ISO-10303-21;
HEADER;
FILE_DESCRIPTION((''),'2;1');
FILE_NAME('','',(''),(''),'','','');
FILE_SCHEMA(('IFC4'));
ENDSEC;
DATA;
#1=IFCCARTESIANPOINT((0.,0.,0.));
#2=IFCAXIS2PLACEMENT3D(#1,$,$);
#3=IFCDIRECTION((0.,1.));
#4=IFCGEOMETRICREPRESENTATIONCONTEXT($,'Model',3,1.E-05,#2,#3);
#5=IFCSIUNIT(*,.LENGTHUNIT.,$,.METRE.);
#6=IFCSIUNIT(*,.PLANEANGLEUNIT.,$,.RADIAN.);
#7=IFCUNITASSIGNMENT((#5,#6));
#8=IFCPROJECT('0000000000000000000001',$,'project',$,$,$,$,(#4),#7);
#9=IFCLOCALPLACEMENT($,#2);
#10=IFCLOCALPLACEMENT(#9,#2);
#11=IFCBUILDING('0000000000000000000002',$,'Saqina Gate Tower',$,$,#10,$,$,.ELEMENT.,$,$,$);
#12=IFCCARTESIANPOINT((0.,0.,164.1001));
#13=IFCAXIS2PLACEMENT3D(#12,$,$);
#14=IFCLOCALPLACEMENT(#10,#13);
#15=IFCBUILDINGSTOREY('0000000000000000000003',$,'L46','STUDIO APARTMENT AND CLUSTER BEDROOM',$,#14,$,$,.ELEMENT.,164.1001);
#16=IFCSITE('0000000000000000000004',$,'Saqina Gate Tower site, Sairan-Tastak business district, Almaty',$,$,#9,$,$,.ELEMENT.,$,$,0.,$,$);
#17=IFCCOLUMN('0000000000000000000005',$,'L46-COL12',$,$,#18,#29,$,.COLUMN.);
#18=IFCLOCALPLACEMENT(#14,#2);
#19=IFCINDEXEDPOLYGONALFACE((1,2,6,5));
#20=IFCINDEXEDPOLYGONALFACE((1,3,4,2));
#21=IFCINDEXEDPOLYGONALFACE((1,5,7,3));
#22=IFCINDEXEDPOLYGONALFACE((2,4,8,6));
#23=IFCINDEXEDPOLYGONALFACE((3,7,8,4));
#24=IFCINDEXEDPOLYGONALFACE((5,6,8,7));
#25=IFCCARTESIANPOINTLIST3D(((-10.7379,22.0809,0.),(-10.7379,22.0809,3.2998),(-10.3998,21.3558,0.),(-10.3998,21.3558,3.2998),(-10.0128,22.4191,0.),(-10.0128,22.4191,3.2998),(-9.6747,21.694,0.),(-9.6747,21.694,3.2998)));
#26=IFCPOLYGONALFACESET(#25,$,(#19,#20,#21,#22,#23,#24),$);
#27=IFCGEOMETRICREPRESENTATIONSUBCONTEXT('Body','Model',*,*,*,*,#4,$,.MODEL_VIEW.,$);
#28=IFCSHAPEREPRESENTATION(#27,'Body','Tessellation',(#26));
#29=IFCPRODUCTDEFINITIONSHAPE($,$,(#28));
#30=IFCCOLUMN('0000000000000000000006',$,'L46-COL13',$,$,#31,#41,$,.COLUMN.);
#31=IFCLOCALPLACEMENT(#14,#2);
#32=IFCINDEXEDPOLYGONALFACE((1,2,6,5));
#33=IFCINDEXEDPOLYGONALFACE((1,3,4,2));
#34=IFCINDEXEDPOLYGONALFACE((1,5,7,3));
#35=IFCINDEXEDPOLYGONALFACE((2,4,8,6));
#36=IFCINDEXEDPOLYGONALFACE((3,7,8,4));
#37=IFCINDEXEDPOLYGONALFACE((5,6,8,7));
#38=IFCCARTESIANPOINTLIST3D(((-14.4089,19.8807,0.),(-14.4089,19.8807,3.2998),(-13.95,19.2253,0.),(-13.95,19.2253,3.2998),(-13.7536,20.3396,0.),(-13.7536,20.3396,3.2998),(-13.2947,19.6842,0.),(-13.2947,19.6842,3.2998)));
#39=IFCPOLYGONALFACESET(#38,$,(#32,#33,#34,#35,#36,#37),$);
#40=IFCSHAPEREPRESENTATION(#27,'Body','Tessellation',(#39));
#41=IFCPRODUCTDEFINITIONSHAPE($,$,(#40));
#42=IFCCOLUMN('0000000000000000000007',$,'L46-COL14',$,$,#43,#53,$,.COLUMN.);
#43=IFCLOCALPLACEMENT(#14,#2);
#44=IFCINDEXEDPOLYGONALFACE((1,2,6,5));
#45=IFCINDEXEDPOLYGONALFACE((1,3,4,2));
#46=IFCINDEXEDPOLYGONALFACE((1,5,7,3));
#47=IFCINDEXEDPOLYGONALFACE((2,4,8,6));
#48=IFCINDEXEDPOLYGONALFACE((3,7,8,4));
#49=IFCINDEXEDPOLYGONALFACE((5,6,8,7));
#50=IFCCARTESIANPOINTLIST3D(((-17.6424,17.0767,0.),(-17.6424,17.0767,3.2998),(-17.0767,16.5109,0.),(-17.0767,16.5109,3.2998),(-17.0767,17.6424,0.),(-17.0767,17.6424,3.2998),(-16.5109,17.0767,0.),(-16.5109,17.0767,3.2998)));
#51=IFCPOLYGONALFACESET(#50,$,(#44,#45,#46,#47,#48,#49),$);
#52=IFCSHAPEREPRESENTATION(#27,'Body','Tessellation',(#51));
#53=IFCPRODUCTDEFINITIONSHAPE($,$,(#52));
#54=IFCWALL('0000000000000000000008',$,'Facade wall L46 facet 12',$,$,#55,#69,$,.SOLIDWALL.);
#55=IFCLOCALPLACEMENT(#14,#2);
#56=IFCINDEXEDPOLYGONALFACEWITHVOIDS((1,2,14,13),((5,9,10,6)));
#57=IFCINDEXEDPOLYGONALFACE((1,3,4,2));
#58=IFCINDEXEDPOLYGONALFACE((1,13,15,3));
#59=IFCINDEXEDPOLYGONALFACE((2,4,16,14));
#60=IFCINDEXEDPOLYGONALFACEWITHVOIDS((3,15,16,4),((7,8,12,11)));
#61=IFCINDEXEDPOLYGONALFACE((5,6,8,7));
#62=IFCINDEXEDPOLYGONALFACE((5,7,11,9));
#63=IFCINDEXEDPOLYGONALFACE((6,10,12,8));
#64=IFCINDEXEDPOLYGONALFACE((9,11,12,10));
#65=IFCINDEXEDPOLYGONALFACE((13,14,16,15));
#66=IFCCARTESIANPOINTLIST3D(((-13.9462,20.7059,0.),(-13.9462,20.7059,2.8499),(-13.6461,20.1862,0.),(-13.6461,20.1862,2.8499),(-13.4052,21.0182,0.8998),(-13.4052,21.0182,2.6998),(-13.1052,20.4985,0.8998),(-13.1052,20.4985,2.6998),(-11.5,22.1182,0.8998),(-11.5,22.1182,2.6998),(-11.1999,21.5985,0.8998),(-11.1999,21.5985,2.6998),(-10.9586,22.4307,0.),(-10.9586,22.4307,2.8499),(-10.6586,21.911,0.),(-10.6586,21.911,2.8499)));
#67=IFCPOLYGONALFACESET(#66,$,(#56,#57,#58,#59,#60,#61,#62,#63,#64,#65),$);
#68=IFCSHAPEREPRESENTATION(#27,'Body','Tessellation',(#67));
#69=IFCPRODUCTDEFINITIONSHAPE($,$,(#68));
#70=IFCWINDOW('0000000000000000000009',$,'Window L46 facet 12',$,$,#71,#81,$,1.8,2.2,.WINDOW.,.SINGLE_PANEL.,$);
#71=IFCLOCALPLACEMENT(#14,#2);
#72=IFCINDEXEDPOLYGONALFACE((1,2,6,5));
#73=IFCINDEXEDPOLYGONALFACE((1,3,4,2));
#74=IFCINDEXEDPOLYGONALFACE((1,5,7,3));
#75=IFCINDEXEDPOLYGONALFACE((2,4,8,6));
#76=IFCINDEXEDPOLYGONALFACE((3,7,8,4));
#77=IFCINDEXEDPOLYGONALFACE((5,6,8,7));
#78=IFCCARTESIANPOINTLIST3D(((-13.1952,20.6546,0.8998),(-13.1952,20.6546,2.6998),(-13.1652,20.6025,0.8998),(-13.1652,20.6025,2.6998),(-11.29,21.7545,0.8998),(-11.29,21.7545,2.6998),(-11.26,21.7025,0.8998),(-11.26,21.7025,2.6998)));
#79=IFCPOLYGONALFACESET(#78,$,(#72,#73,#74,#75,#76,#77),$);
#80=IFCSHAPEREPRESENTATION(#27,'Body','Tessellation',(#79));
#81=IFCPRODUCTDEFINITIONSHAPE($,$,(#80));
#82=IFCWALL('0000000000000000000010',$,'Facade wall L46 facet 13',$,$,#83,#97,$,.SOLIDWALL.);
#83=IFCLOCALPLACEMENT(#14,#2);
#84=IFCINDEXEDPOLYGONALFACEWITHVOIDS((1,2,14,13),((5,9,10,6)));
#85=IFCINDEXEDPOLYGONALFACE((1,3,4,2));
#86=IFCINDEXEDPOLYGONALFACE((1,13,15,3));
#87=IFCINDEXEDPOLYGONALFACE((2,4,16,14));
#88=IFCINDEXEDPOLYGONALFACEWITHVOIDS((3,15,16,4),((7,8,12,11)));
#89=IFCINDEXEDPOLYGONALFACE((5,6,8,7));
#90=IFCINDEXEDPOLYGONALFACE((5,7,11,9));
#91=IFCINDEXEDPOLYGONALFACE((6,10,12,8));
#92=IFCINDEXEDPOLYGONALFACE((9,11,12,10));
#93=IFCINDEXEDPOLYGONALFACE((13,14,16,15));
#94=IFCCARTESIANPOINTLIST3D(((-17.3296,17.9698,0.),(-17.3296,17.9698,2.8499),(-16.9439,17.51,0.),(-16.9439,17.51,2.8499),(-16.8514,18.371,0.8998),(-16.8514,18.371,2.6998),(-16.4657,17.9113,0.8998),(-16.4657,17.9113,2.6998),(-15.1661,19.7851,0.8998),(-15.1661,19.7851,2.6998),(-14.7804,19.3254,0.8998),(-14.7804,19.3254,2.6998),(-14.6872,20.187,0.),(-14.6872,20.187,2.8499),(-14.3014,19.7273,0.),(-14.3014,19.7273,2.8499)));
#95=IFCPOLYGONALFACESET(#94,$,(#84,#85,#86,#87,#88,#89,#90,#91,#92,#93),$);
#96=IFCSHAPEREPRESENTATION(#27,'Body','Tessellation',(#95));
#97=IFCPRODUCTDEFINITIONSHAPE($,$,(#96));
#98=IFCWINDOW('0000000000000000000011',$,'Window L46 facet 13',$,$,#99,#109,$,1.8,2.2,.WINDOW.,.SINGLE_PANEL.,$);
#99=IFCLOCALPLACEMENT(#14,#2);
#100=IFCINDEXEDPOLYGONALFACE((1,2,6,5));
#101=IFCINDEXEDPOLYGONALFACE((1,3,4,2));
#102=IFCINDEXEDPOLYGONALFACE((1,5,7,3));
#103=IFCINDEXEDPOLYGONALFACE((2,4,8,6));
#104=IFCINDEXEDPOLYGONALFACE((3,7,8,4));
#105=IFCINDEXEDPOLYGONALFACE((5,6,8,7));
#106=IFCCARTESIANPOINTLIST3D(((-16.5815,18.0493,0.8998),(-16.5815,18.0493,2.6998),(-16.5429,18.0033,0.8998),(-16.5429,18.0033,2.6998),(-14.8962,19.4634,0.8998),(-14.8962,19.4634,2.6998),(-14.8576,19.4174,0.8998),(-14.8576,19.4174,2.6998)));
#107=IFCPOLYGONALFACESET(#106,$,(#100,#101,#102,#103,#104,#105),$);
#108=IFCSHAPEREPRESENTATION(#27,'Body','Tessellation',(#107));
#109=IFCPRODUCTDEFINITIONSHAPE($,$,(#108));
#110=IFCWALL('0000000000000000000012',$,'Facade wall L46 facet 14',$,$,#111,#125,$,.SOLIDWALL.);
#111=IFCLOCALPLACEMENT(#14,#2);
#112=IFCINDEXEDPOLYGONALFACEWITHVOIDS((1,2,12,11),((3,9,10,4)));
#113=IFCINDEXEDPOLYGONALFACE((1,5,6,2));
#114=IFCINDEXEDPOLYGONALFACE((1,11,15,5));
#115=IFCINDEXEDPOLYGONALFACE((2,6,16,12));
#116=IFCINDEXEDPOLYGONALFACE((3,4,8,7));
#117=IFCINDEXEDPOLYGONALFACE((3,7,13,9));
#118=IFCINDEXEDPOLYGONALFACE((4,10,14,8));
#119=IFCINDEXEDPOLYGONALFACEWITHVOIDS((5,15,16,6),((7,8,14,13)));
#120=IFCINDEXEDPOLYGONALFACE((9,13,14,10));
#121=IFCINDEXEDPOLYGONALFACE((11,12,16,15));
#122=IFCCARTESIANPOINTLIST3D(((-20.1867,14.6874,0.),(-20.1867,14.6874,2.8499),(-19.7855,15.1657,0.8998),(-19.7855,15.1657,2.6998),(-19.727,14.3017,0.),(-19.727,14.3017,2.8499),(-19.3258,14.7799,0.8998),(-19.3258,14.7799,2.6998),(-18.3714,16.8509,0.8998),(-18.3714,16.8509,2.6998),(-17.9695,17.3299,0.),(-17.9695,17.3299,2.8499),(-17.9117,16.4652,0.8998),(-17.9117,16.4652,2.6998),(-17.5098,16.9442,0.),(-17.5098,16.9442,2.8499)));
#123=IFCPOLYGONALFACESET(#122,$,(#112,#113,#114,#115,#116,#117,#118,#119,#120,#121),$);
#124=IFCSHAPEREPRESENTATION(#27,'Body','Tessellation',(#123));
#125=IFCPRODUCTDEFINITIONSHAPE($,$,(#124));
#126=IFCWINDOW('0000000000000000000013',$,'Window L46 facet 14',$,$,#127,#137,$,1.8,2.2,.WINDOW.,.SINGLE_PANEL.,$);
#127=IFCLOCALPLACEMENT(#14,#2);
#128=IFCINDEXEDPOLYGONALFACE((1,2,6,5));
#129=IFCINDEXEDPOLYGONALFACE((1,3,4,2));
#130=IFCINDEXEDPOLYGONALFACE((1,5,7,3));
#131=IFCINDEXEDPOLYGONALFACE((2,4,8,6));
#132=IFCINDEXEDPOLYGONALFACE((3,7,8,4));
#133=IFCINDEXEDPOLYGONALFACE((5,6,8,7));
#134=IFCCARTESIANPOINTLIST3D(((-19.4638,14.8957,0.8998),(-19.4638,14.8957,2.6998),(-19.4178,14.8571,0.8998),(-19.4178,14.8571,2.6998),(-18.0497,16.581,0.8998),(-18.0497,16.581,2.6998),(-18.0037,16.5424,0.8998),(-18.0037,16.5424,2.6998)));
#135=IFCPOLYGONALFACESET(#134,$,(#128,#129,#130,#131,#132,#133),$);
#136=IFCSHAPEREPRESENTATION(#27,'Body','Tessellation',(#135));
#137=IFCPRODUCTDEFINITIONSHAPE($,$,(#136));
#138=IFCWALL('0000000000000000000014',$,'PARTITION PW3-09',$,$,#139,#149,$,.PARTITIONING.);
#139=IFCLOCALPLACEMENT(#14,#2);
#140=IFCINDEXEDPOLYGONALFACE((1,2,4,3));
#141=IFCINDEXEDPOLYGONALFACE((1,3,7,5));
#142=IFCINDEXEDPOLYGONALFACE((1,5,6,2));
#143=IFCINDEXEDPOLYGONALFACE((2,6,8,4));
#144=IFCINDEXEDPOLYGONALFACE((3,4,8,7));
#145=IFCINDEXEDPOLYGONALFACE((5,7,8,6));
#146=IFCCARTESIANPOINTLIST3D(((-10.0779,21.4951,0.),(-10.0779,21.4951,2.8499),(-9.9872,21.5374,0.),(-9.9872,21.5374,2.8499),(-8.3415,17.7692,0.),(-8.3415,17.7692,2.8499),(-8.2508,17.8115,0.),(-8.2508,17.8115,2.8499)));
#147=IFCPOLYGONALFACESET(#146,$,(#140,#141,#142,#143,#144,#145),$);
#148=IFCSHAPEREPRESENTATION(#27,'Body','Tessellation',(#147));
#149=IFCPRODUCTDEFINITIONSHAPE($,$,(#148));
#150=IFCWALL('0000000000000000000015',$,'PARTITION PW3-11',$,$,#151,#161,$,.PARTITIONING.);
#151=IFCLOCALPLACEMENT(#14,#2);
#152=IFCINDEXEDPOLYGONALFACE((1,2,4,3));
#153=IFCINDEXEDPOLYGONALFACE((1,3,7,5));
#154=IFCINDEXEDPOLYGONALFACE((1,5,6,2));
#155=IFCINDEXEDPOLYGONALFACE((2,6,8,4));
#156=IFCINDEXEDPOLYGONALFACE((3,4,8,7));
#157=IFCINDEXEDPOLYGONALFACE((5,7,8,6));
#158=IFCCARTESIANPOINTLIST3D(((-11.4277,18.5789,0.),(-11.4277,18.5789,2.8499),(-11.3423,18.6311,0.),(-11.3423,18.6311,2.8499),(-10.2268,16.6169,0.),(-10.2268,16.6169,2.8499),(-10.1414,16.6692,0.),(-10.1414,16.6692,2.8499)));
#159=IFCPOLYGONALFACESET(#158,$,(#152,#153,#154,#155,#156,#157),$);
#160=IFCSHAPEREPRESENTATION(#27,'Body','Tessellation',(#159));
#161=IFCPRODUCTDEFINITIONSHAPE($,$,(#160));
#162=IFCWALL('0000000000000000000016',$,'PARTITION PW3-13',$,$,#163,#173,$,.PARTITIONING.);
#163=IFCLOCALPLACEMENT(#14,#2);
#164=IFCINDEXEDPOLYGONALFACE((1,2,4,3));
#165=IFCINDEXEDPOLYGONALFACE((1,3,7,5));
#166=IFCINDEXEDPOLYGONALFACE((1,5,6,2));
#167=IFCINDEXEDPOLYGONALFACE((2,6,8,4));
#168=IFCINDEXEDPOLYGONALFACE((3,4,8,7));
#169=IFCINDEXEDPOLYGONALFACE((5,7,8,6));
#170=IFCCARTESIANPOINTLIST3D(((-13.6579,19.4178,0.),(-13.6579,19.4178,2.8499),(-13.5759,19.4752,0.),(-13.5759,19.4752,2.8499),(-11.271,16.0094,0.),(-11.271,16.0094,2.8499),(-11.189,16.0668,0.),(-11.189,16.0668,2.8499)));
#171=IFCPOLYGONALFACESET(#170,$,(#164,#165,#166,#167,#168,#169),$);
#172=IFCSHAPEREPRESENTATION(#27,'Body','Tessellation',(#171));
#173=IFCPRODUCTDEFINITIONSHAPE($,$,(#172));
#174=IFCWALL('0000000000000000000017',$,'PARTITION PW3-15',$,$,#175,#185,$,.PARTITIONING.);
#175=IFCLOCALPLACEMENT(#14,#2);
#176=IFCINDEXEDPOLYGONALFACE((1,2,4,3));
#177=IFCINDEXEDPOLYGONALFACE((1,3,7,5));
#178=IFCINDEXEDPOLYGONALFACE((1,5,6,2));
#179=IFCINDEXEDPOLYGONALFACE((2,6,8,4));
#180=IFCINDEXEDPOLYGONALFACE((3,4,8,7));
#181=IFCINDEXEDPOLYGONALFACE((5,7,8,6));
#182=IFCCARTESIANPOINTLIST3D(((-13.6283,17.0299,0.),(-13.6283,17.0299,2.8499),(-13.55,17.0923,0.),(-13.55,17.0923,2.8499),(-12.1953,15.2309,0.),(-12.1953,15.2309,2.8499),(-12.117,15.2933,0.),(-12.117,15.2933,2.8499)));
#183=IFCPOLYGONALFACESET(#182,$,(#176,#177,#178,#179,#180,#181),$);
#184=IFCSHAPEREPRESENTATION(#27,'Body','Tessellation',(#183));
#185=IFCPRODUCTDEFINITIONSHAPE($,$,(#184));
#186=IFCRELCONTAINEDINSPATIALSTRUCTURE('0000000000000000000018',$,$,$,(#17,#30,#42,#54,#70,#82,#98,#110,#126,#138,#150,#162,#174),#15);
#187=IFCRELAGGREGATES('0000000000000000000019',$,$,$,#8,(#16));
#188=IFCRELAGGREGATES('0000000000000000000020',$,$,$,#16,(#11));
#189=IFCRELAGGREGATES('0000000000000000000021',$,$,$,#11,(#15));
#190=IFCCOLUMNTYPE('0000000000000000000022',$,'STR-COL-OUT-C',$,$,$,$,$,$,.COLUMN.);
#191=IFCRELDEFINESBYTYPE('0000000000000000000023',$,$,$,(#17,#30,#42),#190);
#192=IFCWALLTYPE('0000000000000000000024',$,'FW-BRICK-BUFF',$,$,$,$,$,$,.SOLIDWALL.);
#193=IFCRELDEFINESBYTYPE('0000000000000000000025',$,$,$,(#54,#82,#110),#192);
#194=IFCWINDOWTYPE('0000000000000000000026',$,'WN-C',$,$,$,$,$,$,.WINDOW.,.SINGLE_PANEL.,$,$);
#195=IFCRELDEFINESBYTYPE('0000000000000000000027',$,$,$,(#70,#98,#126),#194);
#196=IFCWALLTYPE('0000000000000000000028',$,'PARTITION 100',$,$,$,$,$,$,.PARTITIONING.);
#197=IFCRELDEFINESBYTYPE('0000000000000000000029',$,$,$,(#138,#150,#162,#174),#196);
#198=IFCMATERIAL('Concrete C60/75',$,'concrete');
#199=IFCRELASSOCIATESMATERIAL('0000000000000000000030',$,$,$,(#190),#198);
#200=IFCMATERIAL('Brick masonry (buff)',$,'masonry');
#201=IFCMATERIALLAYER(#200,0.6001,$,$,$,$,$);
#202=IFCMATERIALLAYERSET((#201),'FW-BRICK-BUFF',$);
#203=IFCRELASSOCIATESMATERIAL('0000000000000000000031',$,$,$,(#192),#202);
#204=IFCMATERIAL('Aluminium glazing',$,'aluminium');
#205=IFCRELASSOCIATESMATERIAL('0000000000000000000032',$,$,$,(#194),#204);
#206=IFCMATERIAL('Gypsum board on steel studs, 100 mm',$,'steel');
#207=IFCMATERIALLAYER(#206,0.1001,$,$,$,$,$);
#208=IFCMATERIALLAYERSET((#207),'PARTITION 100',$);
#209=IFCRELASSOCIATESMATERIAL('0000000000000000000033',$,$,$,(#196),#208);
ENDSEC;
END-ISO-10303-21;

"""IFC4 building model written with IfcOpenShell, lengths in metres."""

from ifc_helpers import new_model, si_unit, direction, frame, frame_2d, origin, origin_2d, place, context, subcontext, project, spatial, rectangle, extrude, material, layer, layer_set, material_profile, profile_set, type_object, element, fill, save


model = new_model("IFC4")

# Units and contexts
model_context = context("Model", 3, precision=1e-05, world=origin(), true_north=direction((0.0, 1.0)))
body_context = subcontext(model_context, "Body", "Model", "MODEL_VIEW")
ifc_project = project(units=[si_unit("LENGTHUNIT", "METRE"), si_unit("PLANEANGLEUNIT", "RADIAN")], contexts=[model_context])

# Site, building, storey
site_placement = place(None, origin())
site = spatial("IfcSite", under=ifc_project, at=site_placement, Name="Saqina Gate Tower site, Sairan-Tastak business district, Almaty", CompositionType="ELEMENT", RefElevation=0.0)
building_placement = place(site_placement, origin())
building = spatial("IfcBuilding", under=site, at=building_placement, Name="Saqina Gate Tower", CompositionType="ELEMENT")
storey_placement = place(building_placement, frame((0.0, 0.0, 164.1001)))
storey = spatial("IfcBuildingStorey", under=building, at=storey_placement, Name="L46", Description="STUDIO APARTMENT AND CLUSTER BEDROOM", CompositionType="ELEMENT", Elevation=164.1001)

# Columns
ifc_material_1 = material(Name="Concrete C60/75", Category="concrete")
ifc_material_profile = material_profile(ifc_material_1, rectangle(XDim=0.8, YDim=0.8, at=origin_2d()), Name="RC 800x800")
ifc_profile_set = profile_set([ifc_material_profile], Name="Concrete C60/75")
column_type = type_object("IfcColumnType", Name="STR-COL-OUT-C", PredefinedType="COLUMN", material=ifc_profile_set)
for number, where, z_axis, x_axis, name in (
    (1, (-10.2063, 21.8875, 0.0), (0.0, 0.0, 1.0), (-0.422618, 0.906308, 0.0), "L46-COL12"),
    (2, (-13.8518, 19.7825, 0.0), (0.0, 0.0, 1.0), (-0.573576, 0.819152, 0.0), "L46-COL13"),
    (3, (-17.0767, 17.0767, 0.0), (0.0, 0.0, 1.0), (-0.707107, 0.707107, 0.0), "L46-COL14"),
):
    element("IfcColumn", number, at=place(storey_placement, frame(where, z_axis=z_axis, x_axis=x_axis)), inside=storey, type_object=column_type, Name=name, PredefinedType="COLUMN", context=body_context, shape_type="SweptSolid", body=[
        extrude(rectangle(XDim=0.8, YDim=0.8, at=origin_2d()), origin(), (0.0, 0.0, 1.0), 3.2998),
    ])

# Walls, openings, windows
ifc_material_2 = material(Name="Brick masonry (buff)", Category="masonry")
ifc_layer_1 = layer(ifc_material_2, 0.6001)
ifc_layer_set_1 = layer_set([ifc_layer_1], Name="FW-BRICK-BUFF")
wall_type_1 = type_object("IfcWallType", Name="FW-BRICK-BUFF", PredefinedType="SOLIDWALL", material=ifc_layer_set_1)
wall_1_placement = place(storey_placement, frame((-10.8086, 22.1709, 0.0), z_axis=(0.0, 0.0, 1.0), x_axis=(-0.866026, -0.499998, 0.0)))
wall_1 = element("IfcWall", 4, at=wall_1_placement, inside=storey, type_object=wall_type_1, Name="Facade wall L46 facet 12", PredefinedType="SOLIDWALL", context=body_context, shape_type="SweptSolid", body=[
    extrude(rectangle(XDim=3.4497, YDim=0.6001, at=frame_2d((1.7249, 0.0))), origin(), (0.0, 0.0, 1.0), 2.8499),
])
opening_1_placement = place(wall_1_placement, frame((0.625, 0.0, 0.8999)))
opening_1 = element("IfcOpeningElement", 5, at=opening_1_placement, cuts=wall_1, PredefinedType="OPENING", context=body_context, shape_type="SweptSolid", body=[
    extrude(rectangle(XDim=2.2, YDim=1.8, at=frame_2d((1.1001, 0.8999))), frame((0.0, 0.312, 0.0), z_axis=(0.0, -1.0, 0.0), x_axis=(1.0, 0.0, 0.0)), (0.0, 0.0, 1.0), 0.624),
])
ifc_material_3 = material(Name="Aluminium glazing", Category="aluminium")
window_type = type_object("IfcWindowType", Name="WN-C", PartitioningType="SINGLE_PANEL", PredefinedType="WINDOW", material=ifc_material_3)
window_1_placement = place(opening_1_placement, origin())
window_1 = element("IfcWindow", 6, at=window_1_placement, inside=storey, type_object=window_type, Name="Window L46 facet 12", OverallHeight=1.8, OverallWidth=2.2, PartitioningType="SINGLE_PANEL", PredefinedType="WINDOW", context=body_context, shape_type="SweptSolid", body=[
    extrude(rectangle(XDim=2.2, YDim=1.8, at=frame_2d((1.1001, 0.8999))), frame((0.0, 0.1799, 0.0), z_axis=(0.0, -1.0, 0.0), x_axis=(1.0, 0.0, 0.0)), (0.0, 0.0, 1.0), 0.0601),
])
fill(opening_1, window_1)
wall_2_placement = place(storey_placement, frame((-14.4944, 19.957, 0.0), z_axis=(0.0, 0.0, 1.0), x_axis=(-0.766059, -0.64277, 0.0)))
wall_2 = element("IfcWall", 7, at=wall_2_placement, inside=storey, type_object=wall_type_1, Name="Facade wall L46 facet 13", PredefinedType="SOLIDWALL", context=body_context, shape_type="SweptSolid", body=[
    extrude(rectangle(XDim=3.4495, YDim=0.6001, at=frame_2d((1.7246, 0.0))), origin(), (0.0, 0.0, 1.0), 2.8499),
])
opening_2_placement = place(wall_2_placement, frame((0.625, 0.0, 0.8999)))
opening_2 = element("IfcOpeningElement", 8, at=opening_2_placement, cuts=wall_2, PredefinedType="OPENING", context=body_context, shape_type="SweptSolid", body=[
    extrude(rectangle(XDim=2.2, YDim=1.8, at=frame_2d((1.1001, 0.8999))), frame((0.0, 0.312, 0.0), z_axis=(0.0, -1.0, 0.0), x_axis=(1.0, 0.0, 0.0)), (0.0, 0.0, 1.0), 0.624),
])
window_2_placement = place(opening_2_placement, origin())
window_2 = element("IfcWindow", 9, at=window_2_placement, inside=storey, type_object=window_type, Name="Window L46 facet 13", OverallHeight=1.8, OverallWidth=2.2, PartitioningType="SINGLE_PANEL", PredefinedType="WINDOW", context=body_context, shape_type="SweptSolid", body=[
    extrude(rectangle(XDim=2.2, YDim=1.8, at=frame_2d((1.1001, 0.8999))), frame((0.0, 0.1799, 0.0), z_axis=(0.0, -1.0, 0.0), x_axis=(1.0, 0.0, 0.0)), (0.0, 0.0, 1.0), 0.0601),
])
fill(opening_2, window_2)
wall_3_placement = place(storey_placement, frame((-17.7397, 17.137, 0.0), z_axis=(0.0, 0.0, 1.0), x_axis=(-0.64277, -0.766059, 0.0)))
wall_3 = element("IfcWall", 10, at=wall_3_placement, inside=storey, type_object=wall_type_1, Name="Facade wall L46 facet 14", PredefinedType="SOLIDWALL", context=body_context, shape_type="SweptSolid", body=[
    extrude(rectangle(XDim=3.4495, YDim=0.6001, at=frame_2d((1.7246, 0.0))), origin(), (0.0, 0.0, 1.0), 2.8499),
])
opening_3_placement = place(wall_3_placement, frame((0.625, 0.0, 0.8999)))
opening_3 = element("IfcOpeningElement", 11, at=opening_3_placement, cuts=wall_3, PredefinedType="OPENING", context=body_context, shape_type="SweptSolid", body=[
    extrude(rectangle(XDim=2.2, YDim=1.8, at=frame_2d((1.1001, 0.8999))), frame((0.0, 0.312, 0.0), z_axis=(0.0, -1.0, 0.0), x_axis=(1.0, 0.0, 0.0)), (0.0, 0.0, 1.0), 0.624),
])
window_3_placement = place(opening_3_placement, origin())
window_3 = element("IfcWindow", 12, at=window_3_placement, inside=storey, type_object=window_type, Name="Window L46 facet 14", OverallHeight=1.8, OverallWidth=2.2, PartitioningType="SINGLE_PANEL", PredefinedType="WINDOW", context=body_context, shape_type="SweptSolid", body=[
    extrude(rectangle(XDim=2.2, YDim=1.8, at=frame_2d((1.1001, 0.8999))), frame((0.0, 0.1799, 0.0), z_axis=(0.0, -1.0, 0.0), x_axis=(1.0, 0.0, 0.0)), (0.0, 0.0, 1.0), 0.0601),
])
fill(opening_3, window_3)

# Walls
ifc_material_4 = material(Name="Gypsum board on steel studs, 100 mm", Category="steel")
ifc_layer_2 = layer(ifc_material_4, 0.1001)
ifc_layer_set_2 = layer_set([ifc_layer_2], Name="PARTITION 100")
wall_type_2 = type_object("IfcWallType", Name="PARTITION 100", PredefinedType="PARTITIONING", material=ifc_layer_set_2)
wall_4_placement = place(storey_placement, frame((-10.0325, 21.5161, 0.0), z_axis=(0.0, 0.0, 1.0), x_axis=(0.422407, -0.906406, 0.0)))
element("IfcWall", 13, at=wall_4_placement, inside=storey, type_object=wall_type_2, Name="PARTITION PW3-09", PredefinedType="PARTITIONING", context=body_context, shape_type="SweptSolid", body=[
    extrude(rectangle(XDim=4.1106, YDim=0.1001, at=frame_2d((2.0552, 0.0))), origin(), (0.0, 0.0, 1.0), 2.8499),
])
wall_5_placement = place(storey_placement, frame((-11.385, 18.605, 0.0), z_axis=(0.0, 0.0, 1.0), x_axis=(0.522077, -0.852899, 0.0)))
element("IfcWall", 14, at=wall_5_placement, inside=storey, type_object=wall_type_2, Name="PARTITION PW3-11", PredefinedType="PARTITIONING", context=body_context, shape_type="SweptSolid", body=[
    extrude(rectangle(XDim=2.3003, YDim=0.1001, at=frame_2d((1.1501, 0.0))), origin(), (0.0, 0.0, 1.0), 2.8499),
])
wall_6_placement = place(storey_placement, frame((-13.6169, 19.4465, 0.0), z_axis=(0.0, 0.0, 1.0), x_axis=(0.573632, -0.819113, 0.0)))
element("IfcWall", 15, at=wall_6_placement, inside=storey, type_object=wall_type_2, Name="PARTITION PW3-13", PredefinedType="PARTITIONING", context=body_context, shape_type="SweptSolid", body=[
    extrude(rectangle(XDim=4.1611, YDim=0.1001, at=frame_2d((2.0806, 0.0))), origin(), (0.0, 0.0, 1.0), 2.8499),
])
wall_7_placement = place(storey_placement, frame((-13.5891, 17.061, 0.0), z_axis=(0.0, 0.0, 1.0), x_axis=(0.623063, -0.782172, 0.0)))
element("IfcWall", 16, at=wall_7_placement, inside=storey, type_object=wall_type_2, Name="PARTITION PW3-15", PredefinedType="PARTITIONING", context=body_context, shape_type="SweptSolid", body=[
    extrude(rectangle(XDim=2.3, YDim=0.1001, at=frame_2d((1.1499, 0.0))), origin(), (0.0, 0.0, 1.0), 2.8499),
])

save(model, "model.ifc")
